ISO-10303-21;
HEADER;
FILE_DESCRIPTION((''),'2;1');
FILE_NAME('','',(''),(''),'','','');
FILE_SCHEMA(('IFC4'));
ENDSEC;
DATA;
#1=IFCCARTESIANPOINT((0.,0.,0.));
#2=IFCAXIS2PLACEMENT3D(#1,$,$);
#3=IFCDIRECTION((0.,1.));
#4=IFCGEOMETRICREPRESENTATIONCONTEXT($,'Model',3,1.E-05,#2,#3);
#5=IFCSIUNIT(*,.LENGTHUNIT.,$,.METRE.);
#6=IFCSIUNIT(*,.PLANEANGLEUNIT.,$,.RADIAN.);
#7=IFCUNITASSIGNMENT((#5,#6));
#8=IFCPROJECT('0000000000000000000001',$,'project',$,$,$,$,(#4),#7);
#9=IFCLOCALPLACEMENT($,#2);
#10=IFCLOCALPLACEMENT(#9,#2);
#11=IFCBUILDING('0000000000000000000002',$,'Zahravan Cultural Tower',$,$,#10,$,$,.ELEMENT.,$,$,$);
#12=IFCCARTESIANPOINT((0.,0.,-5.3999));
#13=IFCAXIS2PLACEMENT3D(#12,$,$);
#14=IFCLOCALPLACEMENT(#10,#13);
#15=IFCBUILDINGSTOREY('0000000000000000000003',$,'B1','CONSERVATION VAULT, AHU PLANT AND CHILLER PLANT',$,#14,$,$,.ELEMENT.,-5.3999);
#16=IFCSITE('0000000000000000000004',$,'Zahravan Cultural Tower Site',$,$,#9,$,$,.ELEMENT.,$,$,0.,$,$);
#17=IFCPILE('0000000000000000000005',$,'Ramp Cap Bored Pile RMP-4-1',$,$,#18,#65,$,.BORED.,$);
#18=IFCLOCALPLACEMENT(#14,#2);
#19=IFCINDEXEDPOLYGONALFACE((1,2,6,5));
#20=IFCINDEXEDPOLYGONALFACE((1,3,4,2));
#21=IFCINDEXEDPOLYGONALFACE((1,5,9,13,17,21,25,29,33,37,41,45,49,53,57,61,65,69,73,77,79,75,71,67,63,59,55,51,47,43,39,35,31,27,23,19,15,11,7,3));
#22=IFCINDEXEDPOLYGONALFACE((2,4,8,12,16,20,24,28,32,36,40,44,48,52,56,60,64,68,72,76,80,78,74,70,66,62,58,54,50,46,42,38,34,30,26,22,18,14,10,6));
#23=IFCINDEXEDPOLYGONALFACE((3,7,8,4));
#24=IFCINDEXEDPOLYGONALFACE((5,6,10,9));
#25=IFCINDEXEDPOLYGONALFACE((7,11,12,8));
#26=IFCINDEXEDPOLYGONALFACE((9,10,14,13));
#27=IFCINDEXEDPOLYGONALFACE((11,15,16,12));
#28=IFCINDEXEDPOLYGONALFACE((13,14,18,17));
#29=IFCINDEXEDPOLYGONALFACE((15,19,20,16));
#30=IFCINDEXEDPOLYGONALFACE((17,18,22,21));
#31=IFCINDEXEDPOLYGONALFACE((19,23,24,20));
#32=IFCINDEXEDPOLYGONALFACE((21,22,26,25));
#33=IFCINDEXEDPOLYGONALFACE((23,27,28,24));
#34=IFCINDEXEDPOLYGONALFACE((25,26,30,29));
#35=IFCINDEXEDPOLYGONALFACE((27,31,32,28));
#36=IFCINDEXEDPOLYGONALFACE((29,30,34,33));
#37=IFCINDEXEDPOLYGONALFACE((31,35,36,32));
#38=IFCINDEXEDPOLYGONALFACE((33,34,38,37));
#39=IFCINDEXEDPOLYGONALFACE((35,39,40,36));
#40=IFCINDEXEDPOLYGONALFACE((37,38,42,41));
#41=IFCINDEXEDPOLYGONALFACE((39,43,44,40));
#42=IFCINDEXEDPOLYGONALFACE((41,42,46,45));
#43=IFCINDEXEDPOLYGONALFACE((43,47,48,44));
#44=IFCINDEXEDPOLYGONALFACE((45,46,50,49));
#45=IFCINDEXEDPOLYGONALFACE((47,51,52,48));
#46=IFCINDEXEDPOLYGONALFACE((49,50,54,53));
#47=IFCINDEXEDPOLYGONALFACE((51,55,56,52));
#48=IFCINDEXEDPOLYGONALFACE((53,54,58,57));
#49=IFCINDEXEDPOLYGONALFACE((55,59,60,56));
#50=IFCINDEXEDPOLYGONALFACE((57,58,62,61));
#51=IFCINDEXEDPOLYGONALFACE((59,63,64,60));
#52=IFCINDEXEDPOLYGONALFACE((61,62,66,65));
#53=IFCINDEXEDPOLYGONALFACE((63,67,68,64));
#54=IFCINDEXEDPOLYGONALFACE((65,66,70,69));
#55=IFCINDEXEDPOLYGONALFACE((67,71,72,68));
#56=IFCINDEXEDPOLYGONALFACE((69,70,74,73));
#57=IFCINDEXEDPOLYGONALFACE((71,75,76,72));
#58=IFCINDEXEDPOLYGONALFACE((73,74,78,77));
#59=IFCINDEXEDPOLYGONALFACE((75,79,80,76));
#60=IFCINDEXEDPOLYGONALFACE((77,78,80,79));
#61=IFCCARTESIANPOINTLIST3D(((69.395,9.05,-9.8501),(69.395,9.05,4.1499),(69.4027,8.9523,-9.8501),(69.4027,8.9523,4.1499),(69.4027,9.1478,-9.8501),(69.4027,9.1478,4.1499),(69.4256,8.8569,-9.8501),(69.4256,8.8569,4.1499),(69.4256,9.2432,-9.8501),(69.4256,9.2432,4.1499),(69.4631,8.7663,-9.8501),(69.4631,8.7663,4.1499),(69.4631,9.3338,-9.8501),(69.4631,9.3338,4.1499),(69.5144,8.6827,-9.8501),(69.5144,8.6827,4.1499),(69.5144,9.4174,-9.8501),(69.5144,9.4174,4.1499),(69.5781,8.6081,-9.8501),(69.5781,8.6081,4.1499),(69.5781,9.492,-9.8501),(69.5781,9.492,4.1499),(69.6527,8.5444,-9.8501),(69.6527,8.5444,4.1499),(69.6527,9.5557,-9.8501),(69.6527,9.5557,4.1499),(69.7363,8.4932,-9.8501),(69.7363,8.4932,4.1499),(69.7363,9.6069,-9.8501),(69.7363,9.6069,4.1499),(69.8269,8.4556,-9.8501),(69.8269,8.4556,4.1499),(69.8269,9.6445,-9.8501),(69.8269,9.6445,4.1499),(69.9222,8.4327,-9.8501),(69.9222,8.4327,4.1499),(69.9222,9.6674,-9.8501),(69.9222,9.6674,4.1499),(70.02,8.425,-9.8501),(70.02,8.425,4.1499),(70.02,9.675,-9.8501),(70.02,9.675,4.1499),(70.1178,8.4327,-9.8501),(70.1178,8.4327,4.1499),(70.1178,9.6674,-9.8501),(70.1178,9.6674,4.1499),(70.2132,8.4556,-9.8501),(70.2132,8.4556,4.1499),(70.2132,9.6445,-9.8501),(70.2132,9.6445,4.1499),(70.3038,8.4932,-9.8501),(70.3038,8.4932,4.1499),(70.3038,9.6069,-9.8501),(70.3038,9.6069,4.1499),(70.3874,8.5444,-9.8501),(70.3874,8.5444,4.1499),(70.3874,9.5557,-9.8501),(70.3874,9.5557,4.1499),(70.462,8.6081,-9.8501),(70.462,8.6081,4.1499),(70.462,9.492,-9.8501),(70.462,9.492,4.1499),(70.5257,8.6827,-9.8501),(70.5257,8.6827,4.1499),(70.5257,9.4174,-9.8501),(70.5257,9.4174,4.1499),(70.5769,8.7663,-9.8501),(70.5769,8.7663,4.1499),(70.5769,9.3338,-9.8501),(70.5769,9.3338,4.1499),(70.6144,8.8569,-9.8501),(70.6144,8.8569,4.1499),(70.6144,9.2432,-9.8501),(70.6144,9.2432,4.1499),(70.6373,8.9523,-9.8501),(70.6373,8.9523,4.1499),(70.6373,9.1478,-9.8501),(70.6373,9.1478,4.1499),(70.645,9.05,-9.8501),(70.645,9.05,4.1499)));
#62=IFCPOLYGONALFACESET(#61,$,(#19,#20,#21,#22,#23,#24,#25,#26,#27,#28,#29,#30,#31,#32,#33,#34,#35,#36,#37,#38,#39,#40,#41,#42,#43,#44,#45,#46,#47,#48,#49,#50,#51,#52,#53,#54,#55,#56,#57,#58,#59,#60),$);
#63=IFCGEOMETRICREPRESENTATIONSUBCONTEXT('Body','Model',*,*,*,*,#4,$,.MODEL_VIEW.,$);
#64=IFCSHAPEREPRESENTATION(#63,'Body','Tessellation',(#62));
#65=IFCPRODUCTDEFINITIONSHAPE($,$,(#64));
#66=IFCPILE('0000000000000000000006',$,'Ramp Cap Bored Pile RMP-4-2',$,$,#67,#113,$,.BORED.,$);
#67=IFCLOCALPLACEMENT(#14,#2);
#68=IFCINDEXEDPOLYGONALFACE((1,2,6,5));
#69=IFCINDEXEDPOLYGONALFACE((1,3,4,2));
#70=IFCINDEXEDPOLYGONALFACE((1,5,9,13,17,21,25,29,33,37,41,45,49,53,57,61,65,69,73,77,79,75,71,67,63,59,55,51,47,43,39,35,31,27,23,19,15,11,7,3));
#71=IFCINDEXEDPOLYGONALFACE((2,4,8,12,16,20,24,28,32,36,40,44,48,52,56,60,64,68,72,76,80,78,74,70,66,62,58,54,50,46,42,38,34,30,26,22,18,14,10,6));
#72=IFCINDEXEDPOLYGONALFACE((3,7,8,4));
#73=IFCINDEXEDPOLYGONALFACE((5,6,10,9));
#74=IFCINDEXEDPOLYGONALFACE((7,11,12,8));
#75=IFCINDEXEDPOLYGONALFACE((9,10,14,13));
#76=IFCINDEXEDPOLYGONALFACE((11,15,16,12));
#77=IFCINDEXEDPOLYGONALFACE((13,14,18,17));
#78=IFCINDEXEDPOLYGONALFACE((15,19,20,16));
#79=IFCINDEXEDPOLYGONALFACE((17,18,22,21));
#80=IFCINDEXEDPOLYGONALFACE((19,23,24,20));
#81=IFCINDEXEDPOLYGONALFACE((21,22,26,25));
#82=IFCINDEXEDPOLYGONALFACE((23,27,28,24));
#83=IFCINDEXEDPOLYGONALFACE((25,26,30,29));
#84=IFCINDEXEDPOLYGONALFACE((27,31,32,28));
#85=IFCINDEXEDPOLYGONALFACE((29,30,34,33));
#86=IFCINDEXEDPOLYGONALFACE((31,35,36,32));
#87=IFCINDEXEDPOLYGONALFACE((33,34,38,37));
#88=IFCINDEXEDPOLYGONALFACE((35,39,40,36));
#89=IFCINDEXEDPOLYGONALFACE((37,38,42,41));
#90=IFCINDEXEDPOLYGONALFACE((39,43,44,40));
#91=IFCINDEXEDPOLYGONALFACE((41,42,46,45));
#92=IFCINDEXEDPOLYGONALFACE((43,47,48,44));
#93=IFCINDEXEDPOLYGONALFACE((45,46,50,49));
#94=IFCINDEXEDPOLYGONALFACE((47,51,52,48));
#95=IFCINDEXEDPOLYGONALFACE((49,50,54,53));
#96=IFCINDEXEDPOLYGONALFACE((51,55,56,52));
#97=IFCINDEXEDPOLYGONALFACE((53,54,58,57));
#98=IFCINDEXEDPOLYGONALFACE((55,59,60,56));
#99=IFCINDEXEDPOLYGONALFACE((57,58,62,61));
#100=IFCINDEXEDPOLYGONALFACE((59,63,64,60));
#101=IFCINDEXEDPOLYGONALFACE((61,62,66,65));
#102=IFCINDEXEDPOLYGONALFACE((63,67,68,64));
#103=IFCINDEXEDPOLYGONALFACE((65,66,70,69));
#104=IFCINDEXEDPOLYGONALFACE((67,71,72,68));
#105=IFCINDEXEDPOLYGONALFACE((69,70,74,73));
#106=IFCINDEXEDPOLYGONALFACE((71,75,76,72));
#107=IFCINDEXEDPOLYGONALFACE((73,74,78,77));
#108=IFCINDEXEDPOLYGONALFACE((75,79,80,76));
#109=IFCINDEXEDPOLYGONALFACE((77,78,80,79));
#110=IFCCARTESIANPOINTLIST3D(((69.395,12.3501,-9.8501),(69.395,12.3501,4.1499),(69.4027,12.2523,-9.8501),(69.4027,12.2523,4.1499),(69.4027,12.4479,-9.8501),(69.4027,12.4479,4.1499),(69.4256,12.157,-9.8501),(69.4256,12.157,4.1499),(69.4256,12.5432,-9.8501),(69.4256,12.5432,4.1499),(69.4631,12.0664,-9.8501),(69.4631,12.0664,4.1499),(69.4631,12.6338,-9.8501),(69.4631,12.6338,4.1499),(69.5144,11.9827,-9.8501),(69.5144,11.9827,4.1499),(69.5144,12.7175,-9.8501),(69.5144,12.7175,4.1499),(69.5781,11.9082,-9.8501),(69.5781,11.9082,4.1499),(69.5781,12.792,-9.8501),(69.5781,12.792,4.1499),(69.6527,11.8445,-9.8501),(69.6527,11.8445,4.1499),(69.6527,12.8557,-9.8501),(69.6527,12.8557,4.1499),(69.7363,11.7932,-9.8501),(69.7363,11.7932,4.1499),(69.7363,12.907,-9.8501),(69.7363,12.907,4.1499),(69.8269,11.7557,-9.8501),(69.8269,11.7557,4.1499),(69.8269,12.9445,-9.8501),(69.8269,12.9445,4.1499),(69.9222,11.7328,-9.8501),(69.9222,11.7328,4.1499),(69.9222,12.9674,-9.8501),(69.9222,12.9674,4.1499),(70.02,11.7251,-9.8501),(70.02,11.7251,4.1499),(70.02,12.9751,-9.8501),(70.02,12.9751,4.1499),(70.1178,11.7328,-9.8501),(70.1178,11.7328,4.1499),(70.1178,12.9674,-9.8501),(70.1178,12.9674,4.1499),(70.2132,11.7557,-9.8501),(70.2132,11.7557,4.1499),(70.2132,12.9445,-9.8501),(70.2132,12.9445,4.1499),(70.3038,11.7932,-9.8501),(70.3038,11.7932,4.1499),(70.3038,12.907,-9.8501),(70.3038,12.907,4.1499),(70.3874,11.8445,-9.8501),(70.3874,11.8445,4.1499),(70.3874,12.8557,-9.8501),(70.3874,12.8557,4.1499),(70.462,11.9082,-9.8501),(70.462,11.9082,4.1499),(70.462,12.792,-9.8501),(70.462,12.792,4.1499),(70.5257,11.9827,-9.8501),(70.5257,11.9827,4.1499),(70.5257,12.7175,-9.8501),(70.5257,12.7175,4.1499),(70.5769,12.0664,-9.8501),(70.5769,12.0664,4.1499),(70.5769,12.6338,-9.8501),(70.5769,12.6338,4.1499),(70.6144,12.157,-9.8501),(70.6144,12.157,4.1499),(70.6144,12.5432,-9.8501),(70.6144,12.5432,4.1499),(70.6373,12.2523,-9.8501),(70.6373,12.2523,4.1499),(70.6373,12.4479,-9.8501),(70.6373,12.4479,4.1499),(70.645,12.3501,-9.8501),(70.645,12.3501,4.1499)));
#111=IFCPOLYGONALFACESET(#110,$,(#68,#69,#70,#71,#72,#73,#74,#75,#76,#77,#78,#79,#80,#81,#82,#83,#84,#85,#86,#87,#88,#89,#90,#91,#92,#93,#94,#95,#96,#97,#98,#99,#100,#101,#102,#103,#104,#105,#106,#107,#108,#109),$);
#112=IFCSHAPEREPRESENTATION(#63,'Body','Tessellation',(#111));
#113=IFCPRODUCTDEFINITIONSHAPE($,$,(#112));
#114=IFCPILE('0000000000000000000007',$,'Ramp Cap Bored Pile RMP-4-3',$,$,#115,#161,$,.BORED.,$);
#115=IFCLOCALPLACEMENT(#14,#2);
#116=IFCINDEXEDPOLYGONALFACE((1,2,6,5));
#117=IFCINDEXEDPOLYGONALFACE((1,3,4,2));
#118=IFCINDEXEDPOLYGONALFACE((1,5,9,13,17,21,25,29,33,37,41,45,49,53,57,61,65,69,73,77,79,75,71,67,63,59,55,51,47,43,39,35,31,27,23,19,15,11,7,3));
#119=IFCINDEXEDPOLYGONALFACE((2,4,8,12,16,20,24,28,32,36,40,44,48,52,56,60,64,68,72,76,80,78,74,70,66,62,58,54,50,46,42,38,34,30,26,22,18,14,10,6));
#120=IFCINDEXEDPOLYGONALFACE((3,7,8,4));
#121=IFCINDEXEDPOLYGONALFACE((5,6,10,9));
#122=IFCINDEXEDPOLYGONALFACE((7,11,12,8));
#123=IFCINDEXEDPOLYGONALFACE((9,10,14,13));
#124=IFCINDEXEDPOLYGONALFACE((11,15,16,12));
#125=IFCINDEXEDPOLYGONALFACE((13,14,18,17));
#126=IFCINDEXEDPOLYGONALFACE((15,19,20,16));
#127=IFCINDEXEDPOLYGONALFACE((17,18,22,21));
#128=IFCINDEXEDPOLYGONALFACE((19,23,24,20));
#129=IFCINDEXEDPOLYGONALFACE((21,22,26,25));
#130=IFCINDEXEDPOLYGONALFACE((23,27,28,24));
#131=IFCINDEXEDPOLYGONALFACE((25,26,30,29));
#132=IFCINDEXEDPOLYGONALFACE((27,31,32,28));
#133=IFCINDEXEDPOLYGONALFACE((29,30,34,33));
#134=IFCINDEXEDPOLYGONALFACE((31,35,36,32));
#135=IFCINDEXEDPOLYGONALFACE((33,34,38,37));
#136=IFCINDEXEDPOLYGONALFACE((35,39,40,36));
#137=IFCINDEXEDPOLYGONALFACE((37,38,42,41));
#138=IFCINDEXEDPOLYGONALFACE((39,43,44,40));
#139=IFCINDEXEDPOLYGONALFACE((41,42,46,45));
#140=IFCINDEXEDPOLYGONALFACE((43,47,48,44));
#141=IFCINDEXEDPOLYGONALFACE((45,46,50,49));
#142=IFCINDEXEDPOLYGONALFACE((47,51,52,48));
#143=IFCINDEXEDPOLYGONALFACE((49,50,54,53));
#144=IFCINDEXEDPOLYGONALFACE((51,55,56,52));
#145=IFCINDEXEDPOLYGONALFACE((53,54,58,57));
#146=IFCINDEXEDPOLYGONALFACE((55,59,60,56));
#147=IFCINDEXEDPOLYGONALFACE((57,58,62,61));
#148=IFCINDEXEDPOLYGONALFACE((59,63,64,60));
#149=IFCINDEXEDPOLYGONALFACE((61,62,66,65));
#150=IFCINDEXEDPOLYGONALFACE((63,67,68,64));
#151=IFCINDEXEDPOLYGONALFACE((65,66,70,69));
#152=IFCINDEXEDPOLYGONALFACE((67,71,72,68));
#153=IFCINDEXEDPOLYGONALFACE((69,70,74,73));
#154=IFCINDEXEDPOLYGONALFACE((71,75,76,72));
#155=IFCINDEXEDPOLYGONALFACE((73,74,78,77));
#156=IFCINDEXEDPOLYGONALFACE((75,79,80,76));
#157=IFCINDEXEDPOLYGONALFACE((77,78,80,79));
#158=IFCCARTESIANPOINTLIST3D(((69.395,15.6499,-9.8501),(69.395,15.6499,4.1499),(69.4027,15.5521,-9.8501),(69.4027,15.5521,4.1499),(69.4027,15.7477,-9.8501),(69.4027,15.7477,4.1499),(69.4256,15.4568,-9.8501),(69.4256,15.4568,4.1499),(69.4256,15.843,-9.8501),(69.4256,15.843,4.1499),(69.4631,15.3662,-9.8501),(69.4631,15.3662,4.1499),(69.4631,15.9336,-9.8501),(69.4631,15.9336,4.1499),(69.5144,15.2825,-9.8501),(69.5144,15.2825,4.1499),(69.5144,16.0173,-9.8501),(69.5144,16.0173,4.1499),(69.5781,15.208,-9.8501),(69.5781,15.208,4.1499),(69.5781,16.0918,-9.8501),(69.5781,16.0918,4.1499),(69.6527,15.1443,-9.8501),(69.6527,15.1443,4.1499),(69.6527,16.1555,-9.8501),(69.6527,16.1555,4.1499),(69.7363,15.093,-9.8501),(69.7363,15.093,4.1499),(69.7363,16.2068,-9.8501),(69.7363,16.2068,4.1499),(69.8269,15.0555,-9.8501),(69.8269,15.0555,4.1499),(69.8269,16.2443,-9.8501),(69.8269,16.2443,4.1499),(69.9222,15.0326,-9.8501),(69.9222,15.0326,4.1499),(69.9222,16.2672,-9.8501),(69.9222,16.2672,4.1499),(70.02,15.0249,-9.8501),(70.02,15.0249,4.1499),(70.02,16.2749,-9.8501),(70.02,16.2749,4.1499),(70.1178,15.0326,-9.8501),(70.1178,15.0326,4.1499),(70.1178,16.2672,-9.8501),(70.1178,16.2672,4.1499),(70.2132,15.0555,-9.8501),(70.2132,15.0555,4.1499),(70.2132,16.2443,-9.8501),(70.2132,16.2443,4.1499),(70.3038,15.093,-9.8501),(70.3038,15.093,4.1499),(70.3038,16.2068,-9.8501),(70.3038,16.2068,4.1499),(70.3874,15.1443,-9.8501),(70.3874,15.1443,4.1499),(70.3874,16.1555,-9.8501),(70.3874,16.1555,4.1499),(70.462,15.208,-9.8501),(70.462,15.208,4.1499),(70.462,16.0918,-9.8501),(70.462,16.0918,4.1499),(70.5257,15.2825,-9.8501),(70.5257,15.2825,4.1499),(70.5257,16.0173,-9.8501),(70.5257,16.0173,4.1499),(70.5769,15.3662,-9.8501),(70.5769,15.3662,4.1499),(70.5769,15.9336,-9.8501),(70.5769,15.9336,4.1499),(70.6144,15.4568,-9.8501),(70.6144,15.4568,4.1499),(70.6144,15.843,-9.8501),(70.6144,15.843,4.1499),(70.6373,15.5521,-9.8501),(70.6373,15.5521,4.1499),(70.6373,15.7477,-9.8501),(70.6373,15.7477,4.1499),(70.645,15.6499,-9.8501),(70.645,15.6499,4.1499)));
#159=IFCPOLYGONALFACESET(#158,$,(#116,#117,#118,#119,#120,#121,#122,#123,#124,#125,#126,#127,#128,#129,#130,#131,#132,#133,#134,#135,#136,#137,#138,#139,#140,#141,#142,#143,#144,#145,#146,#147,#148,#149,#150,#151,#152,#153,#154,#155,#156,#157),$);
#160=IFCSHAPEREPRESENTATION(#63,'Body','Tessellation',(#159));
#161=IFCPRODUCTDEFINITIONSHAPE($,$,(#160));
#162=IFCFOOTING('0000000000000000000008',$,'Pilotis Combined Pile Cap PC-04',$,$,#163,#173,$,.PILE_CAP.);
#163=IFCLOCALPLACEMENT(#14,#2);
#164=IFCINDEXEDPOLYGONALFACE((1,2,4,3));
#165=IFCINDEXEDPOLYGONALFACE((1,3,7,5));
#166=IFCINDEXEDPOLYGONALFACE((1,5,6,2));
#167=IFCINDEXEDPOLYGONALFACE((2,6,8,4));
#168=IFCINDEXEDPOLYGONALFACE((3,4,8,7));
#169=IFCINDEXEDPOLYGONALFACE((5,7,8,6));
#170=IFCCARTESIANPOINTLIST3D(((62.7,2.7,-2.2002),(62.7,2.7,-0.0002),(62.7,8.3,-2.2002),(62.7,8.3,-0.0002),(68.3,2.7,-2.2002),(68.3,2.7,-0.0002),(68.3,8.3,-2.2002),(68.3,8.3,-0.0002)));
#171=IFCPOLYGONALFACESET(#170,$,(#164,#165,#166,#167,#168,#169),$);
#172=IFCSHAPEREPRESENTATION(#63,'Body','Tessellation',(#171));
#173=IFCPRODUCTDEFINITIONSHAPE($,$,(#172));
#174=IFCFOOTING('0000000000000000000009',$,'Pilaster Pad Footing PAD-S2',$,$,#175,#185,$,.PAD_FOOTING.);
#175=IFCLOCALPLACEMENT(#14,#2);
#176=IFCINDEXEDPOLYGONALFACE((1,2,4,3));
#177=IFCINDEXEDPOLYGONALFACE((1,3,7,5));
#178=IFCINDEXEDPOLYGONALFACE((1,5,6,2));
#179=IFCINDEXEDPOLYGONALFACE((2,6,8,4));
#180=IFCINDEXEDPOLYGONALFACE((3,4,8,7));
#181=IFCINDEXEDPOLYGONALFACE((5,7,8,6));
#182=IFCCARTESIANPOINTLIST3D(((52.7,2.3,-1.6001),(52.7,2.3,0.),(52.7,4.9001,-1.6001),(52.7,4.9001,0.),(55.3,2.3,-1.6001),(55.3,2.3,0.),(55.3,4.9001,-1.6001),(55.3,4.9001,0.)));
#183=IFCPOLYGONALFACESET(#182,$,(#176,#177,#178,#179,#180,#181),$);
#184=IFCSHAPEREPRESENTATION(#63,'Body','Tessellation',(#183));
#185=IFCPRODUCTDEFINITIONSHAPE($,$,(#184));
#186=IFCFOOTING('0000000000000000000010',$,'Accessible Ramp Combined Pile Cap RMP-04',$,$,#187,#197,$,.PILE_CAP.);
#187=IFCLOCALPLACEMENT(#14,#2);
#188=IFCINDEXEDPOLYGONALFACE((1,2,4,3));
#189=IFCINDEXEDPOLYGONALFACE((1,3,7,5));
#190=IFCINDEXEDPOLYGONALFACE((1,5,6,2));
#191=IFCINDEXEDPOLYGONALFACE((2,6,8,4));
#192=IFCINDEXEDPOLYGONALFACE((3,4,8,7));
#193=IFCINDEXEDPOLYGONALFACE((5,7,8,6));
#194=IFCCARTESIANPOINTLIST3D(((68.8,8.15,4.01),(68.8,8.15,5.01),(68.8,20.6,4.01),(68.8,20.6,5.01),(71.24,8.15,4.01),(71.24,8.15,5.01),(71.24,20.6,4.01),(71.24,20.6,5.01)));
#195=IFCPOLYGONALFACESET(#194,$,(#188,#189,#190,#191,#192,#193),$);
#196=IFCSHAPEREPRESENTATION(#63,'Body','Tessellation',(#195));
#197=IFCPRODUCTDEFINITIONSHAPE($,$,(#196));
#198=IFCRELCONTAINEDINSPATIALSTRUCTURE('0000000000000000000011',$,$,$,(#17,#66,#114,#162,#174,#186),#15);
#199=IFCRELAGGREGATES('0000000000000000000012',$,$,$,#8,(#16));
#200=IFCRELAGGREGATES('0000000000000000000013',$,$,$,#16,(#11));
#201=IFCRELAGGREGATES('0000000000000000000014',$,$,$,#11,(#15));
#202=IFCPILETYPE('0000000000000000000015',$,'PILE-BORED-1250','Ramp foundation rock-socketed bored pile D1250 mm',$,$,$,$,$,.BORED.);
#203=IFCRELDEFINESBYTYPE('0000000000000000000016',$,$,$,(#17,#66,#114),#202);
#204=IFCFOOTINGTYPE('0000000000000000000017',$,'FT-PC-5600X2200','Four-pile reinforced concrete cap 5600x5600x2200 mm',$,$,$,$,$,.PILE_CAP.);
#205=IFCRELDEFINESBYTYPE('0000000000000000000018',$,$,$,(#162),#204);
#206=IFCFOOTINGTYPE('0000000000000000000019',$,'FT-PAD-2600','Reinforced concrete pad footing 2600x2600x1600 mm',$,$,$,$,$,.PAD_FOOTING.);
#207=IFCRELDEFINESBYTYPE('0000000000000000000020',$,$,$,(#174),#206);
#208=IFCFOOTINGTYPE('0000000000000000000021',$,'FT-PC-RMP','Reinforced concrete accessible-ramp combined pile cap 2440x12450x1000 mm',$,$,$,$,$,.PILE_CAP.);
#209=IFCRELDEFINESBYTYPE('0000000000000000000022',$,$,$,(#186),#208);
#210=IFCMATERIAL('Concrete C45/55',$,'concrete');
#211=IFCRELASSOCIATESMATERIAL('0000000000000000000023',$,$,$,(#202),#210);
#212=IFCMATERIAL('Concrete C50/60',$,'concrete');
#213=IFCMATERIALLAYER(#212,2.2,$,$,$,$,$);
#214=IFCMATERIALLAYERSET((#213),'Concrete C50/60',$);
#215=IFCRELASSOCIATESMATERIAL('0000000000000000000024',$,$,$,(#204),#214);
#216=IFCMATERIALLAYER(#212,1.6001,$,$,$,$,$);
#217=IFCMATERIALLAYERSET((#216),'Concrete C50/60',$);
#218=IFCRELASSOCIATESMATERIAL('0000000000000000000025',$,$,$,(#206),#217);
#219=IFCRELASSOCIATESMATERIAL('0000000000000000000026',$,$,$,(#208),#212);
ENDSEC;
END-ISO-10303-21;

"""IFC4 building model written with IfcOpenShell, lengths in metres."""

from ifc_helpers import new_model, si_unit, direction, frame, origin, origin_2d, place, context, subcontext, project, spatial, rectangle, circle, extrude, source, transform, mapped, material, layer, layer_set, material_profile, profile_set, type_object, element, save


model = new_model("IFC4")

# Units and contexts
model_context = context("Model", 3, precision=1e-05, world=origin(), true_north=direction((0.0, 1.0)))
body_context = subcontext(model_context, "Body", "Model", "MODEL_VIEW")
ifc_project = project(units=[si_unit("LENGTHUNIT", "METRE"), si_unit("PLANEANGLEUNIT", "RADIAN")], contexts=[model_context])

# Site, building, storey
site_placement = place(None, origin())
site = spatial("IfcSite", under=ifc_project, at=site_placement, Name="Zahravan Cultural Tower Site", CompositionType="ELEMENT", RefElevation=0.0)
building_placement = place(site_placement, origin())
building = spatial("IfcBuilding", under=site, at=building_placement, Name="Zahravan Cultural Tower", CompositionType="ELEMENT")
storey_placement = place(building_placement, frame((0.0, 0.0, -5.3999)))
storey = spatial("IfcBuildingStorey", under=building, at=storey_placement, Name="B1", Description="CONSERVATION VAULT, AHU PLANT AND CHILLER PLANT", CompositionType="ELEMENT", Elevation=-5.3999)

# Piles
ifc_material_1 = material(Name="Concrete C45/55", Category="concrete")
ifc_material_profile_1 = material_profile(ifc_material_1, circle(Radius=0.625, at=origin_2d()), Name="PILE-D1250")
ifc_profile_set_1 = profile_set([ifc_material_profile_1], Name="Concrete C45/55")
pile_type_1 = type_object("IfcPileType", Name="PILE-BORED-1250", Description="Ramp foundation rock-socketed bored pile D1250 mm", PredefinedType="BORED", material=ifc_profile_set_1)
for number, where, z_axis, x_axis, name in (
    (1, (70.02, 9.05, 4.1499), (0.0, 0.0, -1.0), (1.0, 0.0, 0.0), "Ramp Cap Bored Pile RMP-4-1"),
    (2, (70.02, 12.3501, 4.1499), (0.0, 0.0, -1.0), (1.0, 0.0, 0.0), "Ramp Cap Bored Pile RMP-4-2"),
    (3, (70.02, 15.6499, 4.1499), (0.0, 0.0, -1.0), (1.0, 0.0, 0.0), "Ramp Cap Bored Pile RMP-4-3"),
):
    element("IfcPile", number, at=place(storey_placement, frame(where, z_axis=z_axis, x_axis=x_axis)), inside=storey, type_object=pile_type_1, Name=name, PredefinedType="BORED", context=body_context, shape_type="SweptSolid", body=[
        extrude(circle(Radius=0.625, at=origin_2d()), origin(), (0.0, 0.0, 1.0), 14.0),
    ])

# Footings
ifc_material_2 = material(Name="Concrete C50/60", Category="concrete")
ifc_layer_1 = layer(ifc_material_2, 2.2)
ifc_layer_set_1 = layer_set([ifc_layer_1], Name="Concrete C50/60")
footing_type_1 = type_object("IfcFootingType", Name="FT-PC-5600X2200", Description="Four-pile reinforced concrete cap 5600x5600x2200 mm", PredefinedType="PILE_CAP", material=ifc_layer_set_1)
shared_shape_1 = source(origin(), body_context, "Body", "SweptSolid", [
    extrude(rectangle(XDim=5.6001, YDim=5.6001, at=origin_2d()), origin(), (0.0, 0.0, 1.0), 2.2),
])
footing_1_placement = place(storey_placement, frame((65.5, 5.5, -2.2002), z_axis=(0.0, 0.0, 1.0), x_axis=(1.0, 0.0, 0.0)))
element("IfcFooting", 4, at=footing_1_placement, inside=storey, type_object=footing_type_1, Name="Pilotis Combined Pile Cap PC-04", PredefinedType="PILE_CAP", context=body_context, shape_type="MappedRepresentation", body=[
    mapped(shared_shape_1, transform((0.0, 0.0, 0.0), x_axis=(1.0, 0.0, 0.0), y_axis=(0.0, 1.0, 0.0), z_axis=(0.0, 0.0, 1.0), scale=1.0)),
])
ifc_layer_2 = layer(ifc_material_2, 1.6001)
ifc_layer_set_2 = layer_set([ifc_layer_2], Name="Concrete C50/60")
footing_type_2 = type_object("IfcFootingType", Name="FT-PAD-2600", Description="Reinforced concrete pad footing 2600x2600x1600 mm", PredefinedType="PAD_FOOTING", material=ifc_layer_set_2)
shared_shape_2 = source(origin(), body_context, "Body", "SweptSolid", [
    extrude(rectangle(XDim=2.6001, YDim=2.6001, at=origin_2d()), origin(), (0.0, 0.0, 1.0), 1.6001),
])
footing_2_placement = place(storey_placement, frame((54.0, 3.6001, -1.6001), z_axis=(0.0, 0.0, 1.0), x_axis=(1.0, 0.0, 0.0)))
element("IfcFooting", 5, at=footing_2_placement, inside=storey, type_object=footing_type_2, Name="Pilaster Pad Footing PAD-S2", PredefinedType="PAD_FOOTING", context=body_context, shape_type="MappedRepresentation", body=[
    mapped(shared_shape_2, transform((0.0, 0.0, 0.0), x_axis=(1.0, 0.0, 0.0), y_axis=(0.0, 1.0, 0.0), z_axis=(0.0, 0.0, 1.0), scale=1.0)),
])
footing_type_3 = type_object("IfcFootingType", Name="FT-PC-RMP", Description="Reinforced concrete accessible-ramp combined pile cap 2440x12450x1000 mm", PredefinedType="PILE_CAP", material=ifc_material_2)
shared_shape_3 = source(origin(), body_context, "Body", "SweptSolid", [
    extrude(rectangle(XDim=2.4399, YDim=12.45, at=origin_2d()), origin(), (0.0, 0.0, 1.0), 1.0),
])
footing_3_placement = place(storey_placement, frame((70.02, 14.375, 4.01), z_axis=(0.0, 0.0, 1.0), x_axis=(1.0, 0.0, 0.0)))
element("IfcFooting", 6, at=footing_3_placement, inside=storey, type_object=footing_type_3, Name="Accessible Ramp Combined Pile Cap RMP-04", PredefinedType="PILE_CAP", context=body_context, shape_type="MappedRepresentation", body=[
    mapped(shared_shape_3, transform((0.0, 0.0, 0.0), x_axis=(1.0, 0.0, 0.0), y_axis=(0.0, 1.0, 0.0), z_axis=(0.0, 0.0, 1.0), scale=1.0)),
])

save(model, "model.ifc")
